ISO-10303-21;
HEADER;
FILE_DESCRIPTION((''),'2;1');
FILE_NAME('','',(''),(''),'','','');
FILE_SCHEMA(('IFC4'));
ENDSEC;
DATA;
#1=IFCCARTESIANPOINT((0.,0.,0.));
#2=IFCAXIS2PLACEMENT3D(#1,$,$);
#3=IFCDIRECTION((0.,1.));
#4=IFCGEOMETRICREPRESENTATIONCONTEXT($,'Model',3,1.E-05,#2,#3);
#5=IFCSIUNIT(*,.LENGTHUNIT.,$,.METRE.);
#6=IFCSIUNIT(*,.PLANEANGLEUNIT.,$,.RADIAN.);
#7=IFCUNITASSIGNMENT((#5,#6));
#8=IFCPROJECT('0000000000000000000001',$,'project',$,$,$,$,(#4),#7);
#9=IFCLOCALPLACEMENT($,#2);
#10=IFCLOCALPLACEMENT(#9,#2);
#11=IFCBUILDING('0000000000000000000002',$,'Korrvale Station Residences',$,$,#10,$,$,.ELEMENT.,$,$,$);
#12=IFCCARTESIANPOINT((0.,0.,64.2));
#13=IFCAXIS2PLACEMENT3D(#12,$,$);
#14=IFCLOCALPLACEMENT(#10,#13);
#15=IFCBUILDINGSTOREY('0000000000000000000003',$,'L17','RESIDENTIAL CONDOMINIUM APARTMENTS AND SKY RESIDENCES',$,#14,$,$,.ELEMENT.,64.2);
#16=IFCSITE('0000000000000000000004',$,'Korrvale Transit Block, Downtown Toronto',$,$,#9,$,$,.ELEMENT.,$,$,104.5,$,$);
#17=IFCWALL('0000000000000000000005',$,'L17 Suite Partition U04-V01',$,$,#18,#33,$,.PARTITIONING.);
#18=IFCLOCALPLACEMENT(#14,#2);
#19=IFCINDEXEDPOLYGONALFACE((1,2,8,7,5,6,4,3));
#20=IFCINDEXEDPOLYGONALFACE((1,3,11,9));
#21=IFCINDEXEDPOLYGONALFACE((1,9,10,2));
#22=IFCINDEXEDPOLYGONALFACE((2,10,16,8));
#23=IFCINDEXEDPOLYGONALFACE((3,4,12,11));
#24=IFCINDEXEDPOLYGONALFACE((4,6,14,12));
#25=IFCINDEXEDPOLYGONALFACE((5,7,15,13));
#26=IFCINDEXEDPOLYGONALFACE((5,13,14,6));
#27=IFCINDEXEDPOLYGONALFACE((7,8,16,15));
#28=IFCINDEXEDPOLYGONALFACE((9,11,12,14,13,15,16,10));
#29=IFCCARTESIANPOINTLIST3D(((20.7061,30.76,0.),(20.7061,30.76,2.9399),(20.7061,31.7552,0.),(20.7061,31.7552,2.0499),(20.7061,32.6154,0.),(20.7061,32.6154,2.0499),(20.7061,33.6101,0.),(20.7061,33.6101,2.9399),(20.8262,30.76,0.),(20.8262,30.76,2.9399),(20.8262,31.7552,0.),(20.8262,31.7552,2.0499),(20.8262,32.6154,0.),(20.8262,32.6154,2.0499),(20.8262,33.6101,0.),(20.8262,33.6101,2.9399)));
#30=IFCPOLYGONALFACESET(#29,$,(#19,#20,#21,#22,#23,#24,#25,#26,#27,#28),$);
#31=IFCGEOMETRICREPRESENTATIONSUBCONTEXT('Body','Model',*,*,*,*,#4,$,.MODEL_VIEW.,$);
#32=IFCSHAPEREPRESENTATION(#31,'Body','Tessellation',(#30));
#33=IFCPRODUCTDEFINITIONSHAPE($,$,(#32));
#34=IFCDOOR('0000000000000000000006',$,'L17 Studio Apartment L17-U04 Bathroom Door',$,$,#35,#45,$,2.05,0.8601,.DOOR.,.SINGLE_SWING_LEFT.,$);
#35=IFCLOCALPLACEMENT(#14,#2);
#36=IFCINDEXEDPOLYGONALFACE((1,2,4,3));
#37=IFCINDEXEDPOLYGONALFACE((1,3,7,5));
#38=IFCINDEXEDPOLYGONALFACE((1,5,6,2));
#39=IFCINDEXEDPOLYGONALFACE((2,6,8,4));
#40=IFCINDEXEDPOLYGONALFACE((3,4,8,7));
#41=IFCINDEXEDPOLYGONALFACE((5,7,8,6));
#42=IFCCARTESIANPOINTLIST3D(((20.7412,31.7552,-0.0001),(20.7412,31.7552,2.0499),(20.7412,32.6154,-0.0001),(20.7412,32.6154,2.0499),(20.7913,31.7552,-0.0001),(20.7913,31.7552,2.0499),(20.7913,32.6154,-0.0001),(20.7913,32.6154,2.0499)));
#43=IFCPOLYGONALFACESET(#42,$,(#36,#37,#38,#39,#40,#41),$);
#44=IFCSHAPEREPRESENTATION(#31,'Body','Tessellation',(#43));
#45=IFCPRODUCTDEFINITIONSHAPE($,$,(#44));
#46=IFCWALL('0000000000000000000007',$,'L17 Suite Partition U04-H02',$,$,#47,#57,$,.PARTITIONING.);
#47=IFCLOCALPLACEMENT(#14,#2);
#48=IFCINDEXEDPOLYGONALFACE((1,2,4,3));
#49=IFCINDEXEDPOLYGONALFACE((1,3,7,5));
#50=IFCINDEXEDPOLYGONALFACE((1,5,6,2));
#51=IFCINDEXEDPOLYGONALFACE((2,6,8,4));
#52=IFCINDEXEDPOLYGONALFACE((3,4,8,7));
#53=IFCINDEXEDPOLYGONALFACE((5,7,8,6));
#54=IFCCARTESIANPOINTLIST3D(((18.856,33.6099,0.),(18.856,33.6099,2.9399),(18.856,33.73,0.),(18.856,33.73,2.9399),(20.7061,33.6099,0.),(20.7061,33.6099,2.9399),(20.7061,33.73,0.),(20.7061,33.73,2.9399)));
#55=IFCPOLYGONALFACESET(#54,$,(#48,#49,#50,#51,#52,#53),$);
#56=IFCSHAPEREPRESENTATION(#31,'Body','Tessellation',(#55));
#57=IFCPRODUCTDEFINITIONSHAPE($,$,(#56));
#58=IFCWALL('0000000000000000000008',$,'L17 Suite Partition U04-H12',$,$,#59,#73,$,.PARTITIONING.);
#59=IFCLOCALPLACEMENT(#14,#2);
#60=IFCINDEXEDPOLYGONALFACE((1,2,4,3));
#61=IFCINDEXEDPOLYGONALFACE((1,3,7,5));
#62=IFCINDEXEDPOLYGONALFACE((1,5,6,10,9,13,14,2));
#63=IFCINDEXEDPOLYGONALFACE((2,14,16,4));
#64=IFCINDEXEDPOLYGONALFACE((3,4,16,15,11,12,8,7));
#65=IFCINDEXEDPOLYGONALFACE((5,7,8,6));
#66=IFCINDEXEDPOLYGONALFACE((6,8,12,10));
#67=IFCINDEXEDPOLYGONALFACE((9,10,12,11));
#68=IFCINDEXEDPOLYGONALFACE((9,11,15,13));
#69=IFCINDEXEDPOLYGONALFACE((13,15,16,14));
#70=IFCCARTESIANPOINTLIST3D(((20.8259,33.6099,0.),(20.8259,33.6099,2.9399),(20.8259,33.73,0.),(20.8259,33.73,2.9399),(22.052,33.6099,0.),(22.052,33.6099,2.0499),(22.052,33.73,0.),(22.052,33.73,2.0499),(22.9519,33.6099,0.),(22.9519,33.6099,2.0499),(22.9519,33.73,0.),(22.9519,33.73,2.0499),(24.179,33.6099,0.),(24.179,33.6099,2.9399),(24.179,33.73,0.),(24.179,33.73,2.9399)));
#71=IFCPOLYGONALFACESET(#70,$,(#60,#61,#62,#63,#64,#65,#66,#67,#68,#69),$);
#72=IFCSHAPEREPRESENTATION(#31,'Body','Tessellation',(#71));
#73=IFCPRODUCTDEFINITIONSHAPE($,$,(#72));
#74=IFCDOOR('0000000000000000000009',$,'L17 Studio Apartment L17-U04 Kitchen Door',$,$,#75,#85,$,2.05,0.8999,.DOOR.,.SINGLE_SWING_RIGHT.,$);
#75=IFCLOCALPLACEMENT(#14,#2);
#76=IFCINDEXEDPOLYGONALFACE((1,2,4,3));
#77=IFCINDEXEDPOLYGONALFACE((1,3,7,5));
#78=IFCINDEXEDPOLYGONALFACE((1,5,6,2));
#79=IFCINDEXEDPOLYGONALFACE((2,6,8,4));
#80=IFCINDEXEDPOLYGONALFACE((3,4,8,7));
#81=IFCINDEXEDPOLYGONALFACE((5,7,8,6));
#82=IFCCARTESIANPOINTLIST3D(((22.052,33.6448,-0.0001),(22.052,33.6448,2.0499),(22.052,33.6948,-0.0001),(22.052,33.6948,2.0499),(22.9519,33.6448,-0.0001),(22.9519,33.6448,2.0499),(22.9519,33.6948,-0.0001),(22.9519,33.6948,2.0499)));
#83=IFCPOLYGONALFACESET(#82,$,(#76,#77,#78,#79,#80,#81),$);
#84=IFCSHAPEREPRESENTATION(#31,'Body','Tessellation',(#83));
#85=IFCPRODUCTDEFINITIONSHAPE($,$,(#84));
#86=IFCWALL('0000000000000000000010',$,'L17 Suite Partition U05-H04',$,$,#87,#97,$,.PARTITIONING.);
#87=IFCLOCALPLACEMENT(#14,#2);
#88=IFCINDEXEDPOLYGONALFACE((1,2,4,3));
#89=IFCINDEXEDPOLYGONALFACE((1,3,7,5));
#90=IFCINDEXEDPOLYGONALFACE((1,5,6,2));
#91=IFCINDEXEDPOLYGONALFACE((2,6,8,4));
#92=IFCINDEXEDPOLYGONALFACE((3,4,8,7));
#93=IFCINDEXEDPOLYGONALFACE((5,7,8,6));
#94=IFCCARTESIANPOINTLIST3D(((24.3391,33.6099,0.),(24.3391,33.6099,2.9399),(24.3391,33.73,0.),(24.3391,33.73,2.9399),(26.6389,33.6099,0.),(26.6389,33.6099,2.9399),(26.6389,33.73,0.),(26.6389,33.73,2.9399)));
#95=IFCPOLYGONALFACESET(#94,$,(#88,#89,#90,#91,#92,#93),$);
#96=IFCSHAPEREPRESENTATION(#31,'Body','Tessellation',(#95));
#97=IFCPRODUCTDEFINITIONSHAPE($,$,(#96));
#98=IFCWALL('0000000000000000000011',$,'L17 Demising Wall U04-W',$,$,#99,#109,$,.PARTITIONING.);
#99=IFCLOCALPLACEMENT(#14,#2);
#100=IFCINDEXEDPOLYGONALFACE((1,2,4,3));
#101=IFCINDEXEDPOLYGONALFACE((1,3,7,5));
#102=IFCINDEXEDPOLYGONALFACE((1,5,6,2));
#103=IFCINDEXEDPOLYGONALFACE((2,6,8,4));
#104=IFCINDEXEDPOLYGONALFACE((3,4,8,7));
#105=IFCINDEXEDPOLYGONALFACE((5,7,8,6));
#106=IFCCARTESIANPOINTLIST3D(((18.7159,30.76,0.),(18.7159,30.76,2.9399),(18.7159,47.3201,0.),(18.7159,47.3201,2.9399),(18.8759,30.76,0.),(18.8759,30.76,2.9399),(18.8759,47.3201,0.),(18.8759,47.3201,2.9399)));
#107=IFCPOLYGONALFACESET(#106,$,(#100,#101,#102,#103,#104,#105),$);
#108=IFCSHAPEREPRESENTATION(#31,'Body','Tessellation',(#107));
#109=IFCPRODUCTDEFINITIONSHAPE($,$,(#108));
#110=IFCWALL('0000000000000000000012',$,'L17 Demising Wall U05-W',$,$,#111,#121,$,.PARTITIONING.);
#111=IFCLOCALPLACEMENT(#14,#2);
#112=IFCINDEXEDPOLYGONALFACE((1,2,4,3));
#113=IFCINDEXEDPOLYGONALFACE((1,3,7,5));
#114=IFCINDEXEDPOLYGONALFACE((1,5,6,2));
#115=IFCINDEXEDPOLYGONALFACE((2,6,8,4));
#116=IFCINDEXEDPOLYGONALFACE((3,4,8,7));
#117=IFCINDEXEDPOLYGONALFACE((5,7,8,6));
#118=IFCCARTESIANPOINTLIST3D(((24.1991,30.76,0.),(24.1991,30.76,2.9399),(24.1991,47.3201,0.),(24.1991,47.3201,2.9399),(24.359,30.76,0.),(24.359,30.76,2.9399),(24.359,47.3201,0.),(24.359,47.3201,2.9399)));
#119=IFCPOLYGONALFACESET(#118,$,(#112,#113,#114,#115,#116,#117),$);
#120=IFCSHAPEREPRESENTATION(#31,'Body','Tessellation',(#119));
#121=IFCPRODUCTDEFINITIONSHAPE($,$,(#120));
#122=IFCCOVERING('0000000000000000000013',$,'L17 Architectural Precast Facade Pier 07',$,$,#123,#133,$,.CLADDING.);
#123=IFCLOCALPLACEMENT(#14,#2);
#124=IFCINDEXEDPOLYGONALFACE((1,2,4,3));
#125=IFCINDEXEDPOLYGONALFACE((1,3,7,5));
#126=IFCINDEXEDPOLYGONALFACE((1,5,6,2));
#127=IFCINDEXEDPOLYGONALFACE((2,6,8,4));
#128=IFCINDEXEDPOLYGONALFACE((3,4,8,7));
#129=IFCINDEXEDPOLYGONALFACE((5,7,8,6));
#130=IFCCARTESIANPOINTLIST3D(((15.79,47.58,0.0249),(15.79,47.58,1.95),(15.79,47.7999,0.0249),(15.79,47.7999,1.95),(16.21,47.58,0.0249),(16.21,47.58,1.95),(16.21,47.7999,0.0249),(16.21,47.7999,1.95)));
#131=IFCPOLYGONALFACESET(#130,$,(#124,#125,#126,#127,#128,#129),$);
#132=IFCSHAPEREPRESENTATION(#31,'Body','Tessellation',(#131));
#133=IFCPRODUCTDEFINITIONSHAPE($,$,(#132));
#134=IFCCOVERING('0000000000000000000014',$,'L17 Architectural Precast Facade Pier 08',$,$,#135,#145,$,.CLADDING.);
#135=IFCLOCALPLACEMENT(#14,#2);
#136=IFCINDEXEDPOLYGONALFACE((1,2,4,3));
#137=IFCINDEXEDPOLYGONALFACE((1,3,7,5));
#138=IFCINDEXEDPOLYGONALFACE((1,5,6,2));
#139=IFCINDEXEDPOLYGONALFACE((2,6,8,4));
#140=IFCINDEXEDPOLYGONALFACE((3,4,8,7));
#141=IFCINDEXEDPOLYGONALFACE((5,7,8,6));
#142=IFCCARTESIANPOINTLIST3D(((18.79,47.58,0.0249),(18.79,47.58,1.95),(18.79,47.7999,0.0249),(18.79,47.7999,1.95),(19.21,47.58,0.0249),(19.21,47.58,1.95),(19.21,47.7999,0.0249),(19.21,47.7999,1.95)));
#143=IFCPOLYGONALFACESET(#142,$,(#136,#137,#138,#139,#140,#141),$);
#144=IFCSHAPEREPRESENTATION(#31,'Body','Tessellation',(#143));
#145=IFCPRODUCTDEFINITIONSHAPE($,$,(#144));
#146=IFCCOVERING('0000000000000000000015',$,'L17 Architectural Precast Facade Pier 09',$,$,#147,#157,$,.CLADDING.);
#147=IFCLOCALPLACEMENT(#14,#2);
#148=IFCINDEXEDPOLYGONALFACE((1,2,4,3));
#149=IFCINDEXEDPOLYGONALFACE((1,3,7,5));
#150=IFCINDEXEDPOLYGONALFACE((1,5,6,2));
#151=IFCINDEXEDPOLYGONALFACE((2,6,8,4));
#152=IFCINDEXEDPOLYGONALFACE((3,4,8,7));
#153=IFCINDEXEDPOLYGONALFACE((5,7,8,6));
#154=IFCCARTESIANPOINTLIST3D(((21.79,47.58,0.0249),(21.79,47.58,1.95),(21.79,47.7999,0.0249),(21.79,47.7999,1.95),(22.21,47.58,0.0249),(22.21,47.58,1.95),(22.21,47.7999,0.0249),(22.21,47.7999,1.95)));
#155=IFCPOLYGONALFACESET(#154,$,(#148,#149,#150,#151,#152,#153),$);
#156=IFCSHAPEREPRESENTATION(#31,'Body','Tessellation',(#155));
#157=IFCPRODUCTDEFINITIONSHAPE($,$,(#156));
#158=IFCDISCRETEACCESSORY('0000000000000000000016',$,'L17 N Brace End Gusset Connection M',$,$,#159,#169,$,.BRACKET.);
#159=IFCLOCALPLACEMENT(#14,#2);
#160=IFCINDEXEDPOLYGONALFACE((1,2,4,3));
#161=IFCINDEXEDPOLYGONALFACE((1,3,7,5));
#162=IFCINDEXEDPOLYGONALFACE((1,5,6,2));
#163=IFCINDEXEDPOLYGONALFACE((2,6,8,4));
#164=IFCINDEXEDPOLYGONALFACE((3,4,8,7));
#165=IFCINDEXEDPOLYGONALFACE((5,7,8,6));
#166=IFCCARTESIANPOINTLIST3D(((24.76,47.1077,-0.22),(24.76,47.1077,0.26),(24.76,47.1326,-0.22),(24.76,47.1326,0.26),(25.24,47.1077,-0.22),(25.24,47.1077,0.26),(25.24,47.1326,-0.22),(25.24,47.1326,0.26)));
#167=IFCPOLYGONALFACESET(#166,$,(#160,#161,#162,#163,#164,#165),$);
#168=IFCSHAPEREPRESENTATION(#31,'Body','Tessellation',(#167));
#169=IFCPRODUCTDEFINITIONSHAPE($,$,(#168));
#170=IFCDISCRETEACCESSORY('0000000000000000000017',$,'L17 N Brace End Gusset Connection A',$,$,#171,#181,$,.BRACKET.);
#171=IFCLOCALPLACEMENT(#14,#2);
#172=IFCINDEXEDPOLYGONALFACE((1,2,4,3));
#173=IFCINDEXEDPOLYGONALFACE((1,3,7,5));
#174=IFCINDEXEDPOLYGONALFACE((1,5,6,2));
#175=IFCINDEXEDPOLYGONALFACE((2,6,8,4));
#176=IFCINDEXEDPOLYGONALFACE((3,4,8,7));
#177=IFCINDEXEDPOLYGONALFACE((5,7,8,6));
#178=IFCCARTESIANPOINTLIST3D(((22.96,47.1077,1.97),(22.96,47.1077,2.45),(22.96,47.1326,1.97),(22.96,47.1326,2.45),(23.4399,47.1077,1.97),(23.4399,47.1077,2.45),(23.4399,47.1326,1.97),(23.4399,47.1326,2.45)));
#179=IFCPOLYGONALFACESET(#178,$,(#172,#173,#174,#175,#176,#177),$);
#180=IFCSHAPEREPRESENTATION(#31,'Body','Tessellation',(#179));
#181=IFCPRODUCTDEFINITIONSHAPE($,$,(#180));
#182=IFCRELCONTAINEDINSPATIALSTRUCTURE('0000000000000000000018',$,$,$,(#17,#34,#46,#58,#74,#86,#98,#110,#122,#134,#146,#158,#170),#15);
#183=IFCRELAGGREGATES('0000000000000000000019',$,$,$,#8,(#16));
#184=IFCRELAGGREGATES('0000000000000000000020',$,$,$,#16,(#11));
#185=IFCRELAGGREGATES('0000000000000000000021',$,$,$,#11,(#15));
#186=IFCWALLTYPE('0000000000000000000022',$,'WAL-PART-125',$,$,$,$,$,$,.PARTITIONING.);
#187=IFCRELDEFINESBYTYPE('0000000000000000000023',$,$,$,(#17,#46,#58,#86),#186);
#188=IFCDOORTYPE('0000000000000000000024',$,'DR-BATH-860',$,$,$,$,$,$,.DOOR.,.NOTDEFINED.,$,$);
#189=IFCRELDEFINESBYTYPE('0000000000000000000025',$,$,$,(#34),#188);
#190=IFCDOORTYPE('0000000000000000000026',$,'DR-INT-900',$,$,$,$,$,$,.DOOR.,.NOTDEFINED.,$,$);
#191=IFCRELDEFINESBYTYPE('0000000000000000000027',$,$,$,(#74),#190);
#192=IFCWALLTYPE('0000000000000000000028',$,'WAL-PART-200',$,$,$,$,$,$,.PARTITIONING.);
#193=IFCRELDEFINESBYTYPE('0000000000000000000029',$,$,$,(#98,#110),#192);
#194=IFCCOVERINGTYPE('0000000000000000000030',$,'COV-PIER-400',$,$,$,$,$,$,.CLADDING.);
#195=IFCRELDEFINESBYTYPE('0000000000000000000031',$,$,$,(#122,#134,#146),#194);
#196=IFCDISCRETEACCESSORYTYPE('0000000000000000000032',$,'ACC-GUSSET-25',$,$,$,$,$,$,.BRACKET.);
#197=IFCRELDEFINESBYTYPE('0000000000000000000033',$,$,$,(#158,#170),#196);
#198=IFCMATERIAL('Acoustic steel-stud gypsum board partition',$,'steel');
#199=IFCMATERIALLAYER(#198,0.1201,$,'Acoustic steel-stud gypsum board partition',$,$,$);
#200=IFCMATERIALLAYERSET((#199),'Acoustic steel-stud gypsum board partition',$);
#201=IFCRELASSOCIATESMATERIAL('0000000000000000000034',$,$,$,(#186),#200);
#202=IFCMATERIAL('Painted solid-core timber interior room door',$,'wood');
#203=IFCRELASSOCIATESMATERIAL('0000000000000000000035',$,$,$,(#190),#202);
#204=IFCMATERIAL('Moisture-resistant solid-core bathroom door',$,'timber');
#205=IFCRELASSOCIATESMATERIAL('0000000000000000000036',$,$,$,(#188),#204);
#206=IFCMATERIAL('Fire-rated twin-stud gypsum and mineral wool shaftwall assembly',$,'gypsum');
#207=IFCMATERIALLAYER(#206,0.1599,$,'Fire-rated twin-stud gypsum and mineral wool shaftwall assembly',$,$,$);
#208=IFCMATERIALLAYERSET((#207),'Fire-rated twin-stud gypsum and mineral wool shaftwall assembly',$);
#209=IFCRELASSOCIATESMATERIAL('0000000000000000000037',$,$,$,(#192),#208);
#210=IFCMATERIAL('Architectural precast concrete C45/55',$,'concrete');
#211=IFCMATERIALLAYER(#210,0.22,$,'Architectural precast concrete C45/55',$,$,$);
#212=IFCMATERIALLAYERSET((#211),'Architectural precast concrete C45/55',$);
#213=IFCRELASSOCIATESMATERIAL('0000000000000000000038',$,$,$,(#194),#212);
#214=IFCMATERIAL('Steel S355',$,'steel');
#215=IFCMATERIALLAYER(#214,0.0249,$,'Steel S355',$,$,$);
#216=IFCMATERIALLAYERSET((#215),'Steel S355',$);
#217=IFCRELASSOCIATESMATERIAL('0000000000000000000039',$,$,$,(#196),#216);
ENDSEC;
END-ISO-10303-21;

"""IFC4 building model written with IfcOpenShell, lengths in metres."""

from ifc_helpers import new_model, si_unit, direction, frame, frame_2d, origin, origin_2d, place, context, subcontext, project, spatial, rectangle, extrude, material, layer, layer_set, type_object, element, fill, save


model = new_model("IFC4")

# Units and contexts
model_context = context("Model", 3, precision=1e-05, world=origin(), true_north=direction((0.0, 1.0)))
body_context = subcontext(model_context, "Body", "Model", "MODEL_VIEW")
ifc_project = project(units=[si_unit("LENGTHUNIT", "METRE"), si_unit("PLANEANGLEUNIT", "RADIAN")], contexts=[model_context])

# Site, building, storey
site_placement = place(None, origin())
site = spatial("IfcSite", under=ifc_project, at=site_placement, Name="Korrvale Transit Block, Downtown Toronto", CompositionType="ELEMENT", RefElevation=104.5)
building_placement = place(site_placement, origin())
building = spatial("IfcBuilding", under=site, at=building_placement, Name="Korrvale Station Residences", CompositionType="ELEMENT")
storey_placement = place(building_placement, frame((0.0, 0.0, 64.2)))
storey = spatial("IfcBuildingStorey", under=building, at=storey_placement, Name="L17", Description="RESIDENTIAL CONDOMINIUM APARTMENTS AND SKY RESIDENCES", CompositionType="ELEMENT", Elevation=64.2)

# Shared definitions
ifc_material_1 = material(Name="Steel S355", Category="steel")

# Wall, opening, door
ifc_material_2 = material(Name="Acoustic steel-stud gypsum board partition", Category="steel")
ifc_layer_1 = layer(ifc_material_2, 0.1201, Name="Acoustic steel-stud gypsum board partition")
ifc_layer_set_1 = layer_set([ifc_layer_1], Name="Acoustic steel-stud gypsum board partition")
wall_type_1 = type_object("IfcWallType", Name="WAL-PART-125", PredefinedType="PARTITIONING", material=ifc_layer_set_1)
ifc_material_3 = material(Name="Painted solid-core timber interior room door", Category="wood")
door_type_1 = type_object("IfcDoorType", Name="DR-INT-900", OperationType="NOTDEFINED", PredefinedType="DOOR", material=ifc_material_3)
wall_1_placement = place(storey_placement, frame((20.7661, 30.76, 0.0), z_axis=(0.0, 0.0, 1.0), x_axis=(0.0, 1.0, 0.0)))
wall_1 = element("IfcWall", 1, at=wall_1_placement, inside=storey, type_object=wall_type_1, Name="L17 Suite Partition U04-V01", PredefinedType="PARTITIONING", context=body_context, shape_type="SweptSolid", body=[
    extrude(rectangle(XDim=2.8501, YDim=0.1201, at=frame_2d((1.425, 0.0))), origin(), (0.0, 0.0, 1.0), 2.9399),
])
opening_1_placement = place(wall_1_placement, frame((0.9951, 0.0, 0.0)))
opening_1 = element("IfcOpeningElement", 2, at=opening_1_placement, cuts=wall_1, PredefinedType="OPENING", context=body_context, shape_type="SweptSolid", body=[
    extrude(rectangle(XDim=0.8601, YDim=2.05, at=frame_2d((0.4302, 1.0249))), frame((0.0, 0.0701, 0.0), z_axis=(0.0, -1.0, 0.0), x_axis=(1.0, 0.0, 0.0)), (0.0, 0.0, 1.0), 0.1401),
])
ifc_material_4 = material(Name="Moisture-resistant solid-core bathroom door", Category="timber")
door_type_2 = type_object("IfcDoorType", Name="DR-BATH-860", OperationType="NOTDEFINED", PredefinedType="DOOR", material=ifc_material_4)
door_1_placement = place(opening_1_placement, origin())
door_1 = element("IfcDoor", 3, at=door_1_placement, inside=storey, type_object=door_type_2, Name="L17 Studio Apartment L17-U04 Bathroom Door", OperationType="SINGLE_SWING_LEFT", OverallHeight=2.05, OverallWidth=0.8601, PredefinedType="DOOR", context=body_context, shape_type="SweptSolid", body=[
    extrude(rectangle(XDim=0.8601, YDim=2.05, at=frame_2d((0.4302, 1.0249))), frame((0.0, 0.0249, 0.0), z_axis=(0.0, -1.0, 0.0), x_axis=(1.0, 0.0, 0.0)), (0.0, 0.0, 1.0), 0.05),
])
fill(opening_1, door_1)

# Wall
wall_2_placement = place(storey_placement, frame((18.856, 33.6699, 0.0), z_axis=(0.0, 0.0, 1.0), x_axis=(1.0, 0.0, 0.0)))
element("IfcWall", 4, at=wall_2_placement, inside=storey, type_object=wall_type_1, Name="L17 Suite Partition U04-H02", PredefinedType="PARTITIONING", context=body_context, shape_type="SweptSolid", body=[
    extrude(rectangle(XDim=1.8501, YDim=0.1201, at=frame_2d((0.925, 0.0))), origin(), (0.0, 0.0, 1.0), 2.9399),
])

# Wall, opening, door
wall_3_placement = place(storey_placement, frame((20.8259, 33.6699, 0.0), z_axis=(0.0, 0.0, 1.0), x_axis=(1.0, 0.0, 0.0)))
wall_3 = element("IfcWall", 5, at=wall_3_placement, inside=storey, type_object=wall_type_1, Name="L17 Suite Partition U04-H12", PredefinedType="PARTITIONING", context=body_context, shape_type="SweptSolid", body=[
    extrude(rectangle(XDim=3.353, YDim=0.1201, at=frame_2d((1.6765, 0.0))), origin(), (0.0, 0.0, 1.0), 2.9399),
])
opening_2_placement = place(wall_3_placement, frame((1.2261, 0.0, 0.0)))
opening_2 = element("IfcOpeningElement", 6, at=opening_2_placement, cuts=wall_3, PredefinedType="OPENING", context=body_context, shape_type="SweptSolid", body=[
    extrude(rectangle(XDim=0.8999, YDim=2.05, at=frame_2d((0.45, 1.0249))), frame((0.0, 0.0701, 0.0), z_axis=(0.0, -1.0, 0.0), x_axis=(1.0, 0.0, 0.0)), (0.0, 0.0, 1.0), 0.1401),
])
door_2_placement = place(opening_2_placement, origin())
door_2 = element("IfcDoor", 7, at=door_2_placement, inside=storey, type_object=door_type_1, Name="L17 Studio Apartment L17-U04 Kitchen Door", OperationType="SINGLE_SWING_RIGHT", OverallHeight=2.05, OverallWidth=0.8999, PredefinedType="DOOR", context=body_context, shape_type="SweptSolid", body=[
    extrude(rectangle(XDim=0.8999, YDim=2.05, at=frame_2d((0.45, 1.0249))), frame((0.0, 0.0249, 0.0), z_axis=(0.0, -1.0, 0.0), x_axis=(1.0, 0.0, 0.0)), (0.0, 0.0, 1.0), 0.05),
])
fill(opening_2, door_2)

# Walls
wall_4_placement = place(storey_placement, frame((24.3391, 33.6699, 0.0), z_axis=(0.0, 0.0, 1.0), x_axis=(1.0, 0.0, 0.0)))
element("IfcWall", 8, at=wall_4_placement, inside=storey, type_object=wall_type_1, Name="L17 Suite Partition U05-H04", PredefinedType="PARTITIONING", context=body_context, shape_type="SweptSolid", body=[
    extrude(rectangle(XDim=2.2998, YDim=0.1201, at=frame_2d((1.1499, 0.0))), origin(), (0.0, 0.0, 1.0), 2.9399),
])
ifc_material_5 = material(Name="Fire-rated twin-stud gypsum and mineral wool shaftwall assembly", Category="gypsum")
ifc_layer_2 = layer(ifc_material_5, 0.1599, Name="Fire-rated twin-stud gypsum and mineral wool shaftwall assembly")
ifc_layer_set_2 = layer_set([ifc_layer_2], Name="Fire-rated twin-stud gypsum and mineral wool shaftwall assembly")
wall_type_2 = type_object("IfcWallType", Name="WAL-PART-200", PredefinedType="PARTITIONING", material=ifc_layer_set_2)
for number, where, z_axis, x_axis, name in (
    (9, (18.7959, 30.76, 0.0), (0.0, 0.0, 1.0), (0.0, 1.0, 0.0), "L17 Demising Wall U04-W"),
    (10, (24.2791, 30.76, 0.0), (0.0, 0.0, 1.0), (0.0, 1.0, 0.0), "L17 Demising Wall U05-W"),
):
    element("IfcWall", number, at=place(storey_placement, frame(where, z_axis=z_axis, x_axis=x_axis)), inside=storey, type_object=wall_type_2, Name=name, PredefinedType="PARTITIONING", context=body_context, shape_type="SweptSolid", body=[
        extrude(rectangle(XDim=16.5601, YDim=0.1599, at=frame_2d((8.28, 0.0))), origin(), (0.0, 0.0, 1.0), 2.9399),
    ])

# Coverings
ifc_material_6 = material(Name="Architectural precast concrete C45/55", Category="concrete")
ifc_layer_3 = layer(ifc_material_6, 0.22, Name="Architectural precast concrete C45/55")
ifc_layer_set_3 = layer_set([ifc_layer_3], Name="Architectural precast concrete C45/55")
covering_type = type_object("IfcCoveringType", Name="COV-PIER-400", PredefinedType="CLADDING", material=ifc_layer_set_3)
for number, where, z_axis, x_axis, name in (
    (11, (16.0, 47.6899, 0.0249), (0.0, 0.0, 1.0), (1.0, 0.0, 0.0), "L17 Architectural Precast Facade Pier 07"),
    (12, (19.0, 47.6899, 0.0249), (0.0, 0.0, 1.0), (1.0, 0.0, 0.0), "L17 Architectural Precast Facade Pier 08"),
    (13, (22.0, 47.6899, 0.0249), (0.0, 0.0, 1.0), (1.0, 0.0, 0.0), "L17 Architectural Precast Facade Pier 09"),
):
    element("IfcCovering", number, at=place(storey_placement, frame(where, z_axis=z_axis, x_axis=x_axis)), inside=storey, type_object=covering_type, Name=name, PredefinedType="CLADDING", context=body_context, shape_type="SweptSolid", body=[
        extrude(rectangle(XDim=0.4199, YDim=0.22, at=origin_2d()), origin(), (0.0, 0.0, 1.0), 1.925),
    ])

# Discrete accessories
ifc_layer_4 = layer(ifc_material_1, 0.0249, Name="Steel S355")
ifc_layer_set_4 = layer_set([ifc_layer_4], Name="Steel S355")
discrete_accessory_type = type_object("IfcDiscreteAccessoryType", Name="ACC-GUSSET-25", PredefinedType="BRACKET", material=ifc_layer_set_4)
for number, where, z_axis, x_axis, name in (
    (14, (25.0, 47.1201, -0.22), (0.0, 0.0, 1.0), (1.0, 0.0, 0.0), "L17 N Brace End Gusset Connection M"),
    (15, (23.2, 47.1201, 1.97), (0.0, 0.0, 1.0), (1.0, 0.0, 0.0), "L17 N Brace End Gusset Connection A"),
):
    element("IfcDiscreteAccessory", number, at=place(storey_placement, frame(where, z_axis=z_axis, x_axis=x_axis)), inside=storey, type_object=discrete_accessory_type, Name=name, PredefinedType="BRACKET", context=body_context, shape_type="SweptSolid", body=[
        extrude(rectangle(XDim=0.48, YDim=0.0249, at=origin_2d()), origin(), (0.0, 0.0, 1.0), 0.48),
    ])

save(model, "model.ifc")
